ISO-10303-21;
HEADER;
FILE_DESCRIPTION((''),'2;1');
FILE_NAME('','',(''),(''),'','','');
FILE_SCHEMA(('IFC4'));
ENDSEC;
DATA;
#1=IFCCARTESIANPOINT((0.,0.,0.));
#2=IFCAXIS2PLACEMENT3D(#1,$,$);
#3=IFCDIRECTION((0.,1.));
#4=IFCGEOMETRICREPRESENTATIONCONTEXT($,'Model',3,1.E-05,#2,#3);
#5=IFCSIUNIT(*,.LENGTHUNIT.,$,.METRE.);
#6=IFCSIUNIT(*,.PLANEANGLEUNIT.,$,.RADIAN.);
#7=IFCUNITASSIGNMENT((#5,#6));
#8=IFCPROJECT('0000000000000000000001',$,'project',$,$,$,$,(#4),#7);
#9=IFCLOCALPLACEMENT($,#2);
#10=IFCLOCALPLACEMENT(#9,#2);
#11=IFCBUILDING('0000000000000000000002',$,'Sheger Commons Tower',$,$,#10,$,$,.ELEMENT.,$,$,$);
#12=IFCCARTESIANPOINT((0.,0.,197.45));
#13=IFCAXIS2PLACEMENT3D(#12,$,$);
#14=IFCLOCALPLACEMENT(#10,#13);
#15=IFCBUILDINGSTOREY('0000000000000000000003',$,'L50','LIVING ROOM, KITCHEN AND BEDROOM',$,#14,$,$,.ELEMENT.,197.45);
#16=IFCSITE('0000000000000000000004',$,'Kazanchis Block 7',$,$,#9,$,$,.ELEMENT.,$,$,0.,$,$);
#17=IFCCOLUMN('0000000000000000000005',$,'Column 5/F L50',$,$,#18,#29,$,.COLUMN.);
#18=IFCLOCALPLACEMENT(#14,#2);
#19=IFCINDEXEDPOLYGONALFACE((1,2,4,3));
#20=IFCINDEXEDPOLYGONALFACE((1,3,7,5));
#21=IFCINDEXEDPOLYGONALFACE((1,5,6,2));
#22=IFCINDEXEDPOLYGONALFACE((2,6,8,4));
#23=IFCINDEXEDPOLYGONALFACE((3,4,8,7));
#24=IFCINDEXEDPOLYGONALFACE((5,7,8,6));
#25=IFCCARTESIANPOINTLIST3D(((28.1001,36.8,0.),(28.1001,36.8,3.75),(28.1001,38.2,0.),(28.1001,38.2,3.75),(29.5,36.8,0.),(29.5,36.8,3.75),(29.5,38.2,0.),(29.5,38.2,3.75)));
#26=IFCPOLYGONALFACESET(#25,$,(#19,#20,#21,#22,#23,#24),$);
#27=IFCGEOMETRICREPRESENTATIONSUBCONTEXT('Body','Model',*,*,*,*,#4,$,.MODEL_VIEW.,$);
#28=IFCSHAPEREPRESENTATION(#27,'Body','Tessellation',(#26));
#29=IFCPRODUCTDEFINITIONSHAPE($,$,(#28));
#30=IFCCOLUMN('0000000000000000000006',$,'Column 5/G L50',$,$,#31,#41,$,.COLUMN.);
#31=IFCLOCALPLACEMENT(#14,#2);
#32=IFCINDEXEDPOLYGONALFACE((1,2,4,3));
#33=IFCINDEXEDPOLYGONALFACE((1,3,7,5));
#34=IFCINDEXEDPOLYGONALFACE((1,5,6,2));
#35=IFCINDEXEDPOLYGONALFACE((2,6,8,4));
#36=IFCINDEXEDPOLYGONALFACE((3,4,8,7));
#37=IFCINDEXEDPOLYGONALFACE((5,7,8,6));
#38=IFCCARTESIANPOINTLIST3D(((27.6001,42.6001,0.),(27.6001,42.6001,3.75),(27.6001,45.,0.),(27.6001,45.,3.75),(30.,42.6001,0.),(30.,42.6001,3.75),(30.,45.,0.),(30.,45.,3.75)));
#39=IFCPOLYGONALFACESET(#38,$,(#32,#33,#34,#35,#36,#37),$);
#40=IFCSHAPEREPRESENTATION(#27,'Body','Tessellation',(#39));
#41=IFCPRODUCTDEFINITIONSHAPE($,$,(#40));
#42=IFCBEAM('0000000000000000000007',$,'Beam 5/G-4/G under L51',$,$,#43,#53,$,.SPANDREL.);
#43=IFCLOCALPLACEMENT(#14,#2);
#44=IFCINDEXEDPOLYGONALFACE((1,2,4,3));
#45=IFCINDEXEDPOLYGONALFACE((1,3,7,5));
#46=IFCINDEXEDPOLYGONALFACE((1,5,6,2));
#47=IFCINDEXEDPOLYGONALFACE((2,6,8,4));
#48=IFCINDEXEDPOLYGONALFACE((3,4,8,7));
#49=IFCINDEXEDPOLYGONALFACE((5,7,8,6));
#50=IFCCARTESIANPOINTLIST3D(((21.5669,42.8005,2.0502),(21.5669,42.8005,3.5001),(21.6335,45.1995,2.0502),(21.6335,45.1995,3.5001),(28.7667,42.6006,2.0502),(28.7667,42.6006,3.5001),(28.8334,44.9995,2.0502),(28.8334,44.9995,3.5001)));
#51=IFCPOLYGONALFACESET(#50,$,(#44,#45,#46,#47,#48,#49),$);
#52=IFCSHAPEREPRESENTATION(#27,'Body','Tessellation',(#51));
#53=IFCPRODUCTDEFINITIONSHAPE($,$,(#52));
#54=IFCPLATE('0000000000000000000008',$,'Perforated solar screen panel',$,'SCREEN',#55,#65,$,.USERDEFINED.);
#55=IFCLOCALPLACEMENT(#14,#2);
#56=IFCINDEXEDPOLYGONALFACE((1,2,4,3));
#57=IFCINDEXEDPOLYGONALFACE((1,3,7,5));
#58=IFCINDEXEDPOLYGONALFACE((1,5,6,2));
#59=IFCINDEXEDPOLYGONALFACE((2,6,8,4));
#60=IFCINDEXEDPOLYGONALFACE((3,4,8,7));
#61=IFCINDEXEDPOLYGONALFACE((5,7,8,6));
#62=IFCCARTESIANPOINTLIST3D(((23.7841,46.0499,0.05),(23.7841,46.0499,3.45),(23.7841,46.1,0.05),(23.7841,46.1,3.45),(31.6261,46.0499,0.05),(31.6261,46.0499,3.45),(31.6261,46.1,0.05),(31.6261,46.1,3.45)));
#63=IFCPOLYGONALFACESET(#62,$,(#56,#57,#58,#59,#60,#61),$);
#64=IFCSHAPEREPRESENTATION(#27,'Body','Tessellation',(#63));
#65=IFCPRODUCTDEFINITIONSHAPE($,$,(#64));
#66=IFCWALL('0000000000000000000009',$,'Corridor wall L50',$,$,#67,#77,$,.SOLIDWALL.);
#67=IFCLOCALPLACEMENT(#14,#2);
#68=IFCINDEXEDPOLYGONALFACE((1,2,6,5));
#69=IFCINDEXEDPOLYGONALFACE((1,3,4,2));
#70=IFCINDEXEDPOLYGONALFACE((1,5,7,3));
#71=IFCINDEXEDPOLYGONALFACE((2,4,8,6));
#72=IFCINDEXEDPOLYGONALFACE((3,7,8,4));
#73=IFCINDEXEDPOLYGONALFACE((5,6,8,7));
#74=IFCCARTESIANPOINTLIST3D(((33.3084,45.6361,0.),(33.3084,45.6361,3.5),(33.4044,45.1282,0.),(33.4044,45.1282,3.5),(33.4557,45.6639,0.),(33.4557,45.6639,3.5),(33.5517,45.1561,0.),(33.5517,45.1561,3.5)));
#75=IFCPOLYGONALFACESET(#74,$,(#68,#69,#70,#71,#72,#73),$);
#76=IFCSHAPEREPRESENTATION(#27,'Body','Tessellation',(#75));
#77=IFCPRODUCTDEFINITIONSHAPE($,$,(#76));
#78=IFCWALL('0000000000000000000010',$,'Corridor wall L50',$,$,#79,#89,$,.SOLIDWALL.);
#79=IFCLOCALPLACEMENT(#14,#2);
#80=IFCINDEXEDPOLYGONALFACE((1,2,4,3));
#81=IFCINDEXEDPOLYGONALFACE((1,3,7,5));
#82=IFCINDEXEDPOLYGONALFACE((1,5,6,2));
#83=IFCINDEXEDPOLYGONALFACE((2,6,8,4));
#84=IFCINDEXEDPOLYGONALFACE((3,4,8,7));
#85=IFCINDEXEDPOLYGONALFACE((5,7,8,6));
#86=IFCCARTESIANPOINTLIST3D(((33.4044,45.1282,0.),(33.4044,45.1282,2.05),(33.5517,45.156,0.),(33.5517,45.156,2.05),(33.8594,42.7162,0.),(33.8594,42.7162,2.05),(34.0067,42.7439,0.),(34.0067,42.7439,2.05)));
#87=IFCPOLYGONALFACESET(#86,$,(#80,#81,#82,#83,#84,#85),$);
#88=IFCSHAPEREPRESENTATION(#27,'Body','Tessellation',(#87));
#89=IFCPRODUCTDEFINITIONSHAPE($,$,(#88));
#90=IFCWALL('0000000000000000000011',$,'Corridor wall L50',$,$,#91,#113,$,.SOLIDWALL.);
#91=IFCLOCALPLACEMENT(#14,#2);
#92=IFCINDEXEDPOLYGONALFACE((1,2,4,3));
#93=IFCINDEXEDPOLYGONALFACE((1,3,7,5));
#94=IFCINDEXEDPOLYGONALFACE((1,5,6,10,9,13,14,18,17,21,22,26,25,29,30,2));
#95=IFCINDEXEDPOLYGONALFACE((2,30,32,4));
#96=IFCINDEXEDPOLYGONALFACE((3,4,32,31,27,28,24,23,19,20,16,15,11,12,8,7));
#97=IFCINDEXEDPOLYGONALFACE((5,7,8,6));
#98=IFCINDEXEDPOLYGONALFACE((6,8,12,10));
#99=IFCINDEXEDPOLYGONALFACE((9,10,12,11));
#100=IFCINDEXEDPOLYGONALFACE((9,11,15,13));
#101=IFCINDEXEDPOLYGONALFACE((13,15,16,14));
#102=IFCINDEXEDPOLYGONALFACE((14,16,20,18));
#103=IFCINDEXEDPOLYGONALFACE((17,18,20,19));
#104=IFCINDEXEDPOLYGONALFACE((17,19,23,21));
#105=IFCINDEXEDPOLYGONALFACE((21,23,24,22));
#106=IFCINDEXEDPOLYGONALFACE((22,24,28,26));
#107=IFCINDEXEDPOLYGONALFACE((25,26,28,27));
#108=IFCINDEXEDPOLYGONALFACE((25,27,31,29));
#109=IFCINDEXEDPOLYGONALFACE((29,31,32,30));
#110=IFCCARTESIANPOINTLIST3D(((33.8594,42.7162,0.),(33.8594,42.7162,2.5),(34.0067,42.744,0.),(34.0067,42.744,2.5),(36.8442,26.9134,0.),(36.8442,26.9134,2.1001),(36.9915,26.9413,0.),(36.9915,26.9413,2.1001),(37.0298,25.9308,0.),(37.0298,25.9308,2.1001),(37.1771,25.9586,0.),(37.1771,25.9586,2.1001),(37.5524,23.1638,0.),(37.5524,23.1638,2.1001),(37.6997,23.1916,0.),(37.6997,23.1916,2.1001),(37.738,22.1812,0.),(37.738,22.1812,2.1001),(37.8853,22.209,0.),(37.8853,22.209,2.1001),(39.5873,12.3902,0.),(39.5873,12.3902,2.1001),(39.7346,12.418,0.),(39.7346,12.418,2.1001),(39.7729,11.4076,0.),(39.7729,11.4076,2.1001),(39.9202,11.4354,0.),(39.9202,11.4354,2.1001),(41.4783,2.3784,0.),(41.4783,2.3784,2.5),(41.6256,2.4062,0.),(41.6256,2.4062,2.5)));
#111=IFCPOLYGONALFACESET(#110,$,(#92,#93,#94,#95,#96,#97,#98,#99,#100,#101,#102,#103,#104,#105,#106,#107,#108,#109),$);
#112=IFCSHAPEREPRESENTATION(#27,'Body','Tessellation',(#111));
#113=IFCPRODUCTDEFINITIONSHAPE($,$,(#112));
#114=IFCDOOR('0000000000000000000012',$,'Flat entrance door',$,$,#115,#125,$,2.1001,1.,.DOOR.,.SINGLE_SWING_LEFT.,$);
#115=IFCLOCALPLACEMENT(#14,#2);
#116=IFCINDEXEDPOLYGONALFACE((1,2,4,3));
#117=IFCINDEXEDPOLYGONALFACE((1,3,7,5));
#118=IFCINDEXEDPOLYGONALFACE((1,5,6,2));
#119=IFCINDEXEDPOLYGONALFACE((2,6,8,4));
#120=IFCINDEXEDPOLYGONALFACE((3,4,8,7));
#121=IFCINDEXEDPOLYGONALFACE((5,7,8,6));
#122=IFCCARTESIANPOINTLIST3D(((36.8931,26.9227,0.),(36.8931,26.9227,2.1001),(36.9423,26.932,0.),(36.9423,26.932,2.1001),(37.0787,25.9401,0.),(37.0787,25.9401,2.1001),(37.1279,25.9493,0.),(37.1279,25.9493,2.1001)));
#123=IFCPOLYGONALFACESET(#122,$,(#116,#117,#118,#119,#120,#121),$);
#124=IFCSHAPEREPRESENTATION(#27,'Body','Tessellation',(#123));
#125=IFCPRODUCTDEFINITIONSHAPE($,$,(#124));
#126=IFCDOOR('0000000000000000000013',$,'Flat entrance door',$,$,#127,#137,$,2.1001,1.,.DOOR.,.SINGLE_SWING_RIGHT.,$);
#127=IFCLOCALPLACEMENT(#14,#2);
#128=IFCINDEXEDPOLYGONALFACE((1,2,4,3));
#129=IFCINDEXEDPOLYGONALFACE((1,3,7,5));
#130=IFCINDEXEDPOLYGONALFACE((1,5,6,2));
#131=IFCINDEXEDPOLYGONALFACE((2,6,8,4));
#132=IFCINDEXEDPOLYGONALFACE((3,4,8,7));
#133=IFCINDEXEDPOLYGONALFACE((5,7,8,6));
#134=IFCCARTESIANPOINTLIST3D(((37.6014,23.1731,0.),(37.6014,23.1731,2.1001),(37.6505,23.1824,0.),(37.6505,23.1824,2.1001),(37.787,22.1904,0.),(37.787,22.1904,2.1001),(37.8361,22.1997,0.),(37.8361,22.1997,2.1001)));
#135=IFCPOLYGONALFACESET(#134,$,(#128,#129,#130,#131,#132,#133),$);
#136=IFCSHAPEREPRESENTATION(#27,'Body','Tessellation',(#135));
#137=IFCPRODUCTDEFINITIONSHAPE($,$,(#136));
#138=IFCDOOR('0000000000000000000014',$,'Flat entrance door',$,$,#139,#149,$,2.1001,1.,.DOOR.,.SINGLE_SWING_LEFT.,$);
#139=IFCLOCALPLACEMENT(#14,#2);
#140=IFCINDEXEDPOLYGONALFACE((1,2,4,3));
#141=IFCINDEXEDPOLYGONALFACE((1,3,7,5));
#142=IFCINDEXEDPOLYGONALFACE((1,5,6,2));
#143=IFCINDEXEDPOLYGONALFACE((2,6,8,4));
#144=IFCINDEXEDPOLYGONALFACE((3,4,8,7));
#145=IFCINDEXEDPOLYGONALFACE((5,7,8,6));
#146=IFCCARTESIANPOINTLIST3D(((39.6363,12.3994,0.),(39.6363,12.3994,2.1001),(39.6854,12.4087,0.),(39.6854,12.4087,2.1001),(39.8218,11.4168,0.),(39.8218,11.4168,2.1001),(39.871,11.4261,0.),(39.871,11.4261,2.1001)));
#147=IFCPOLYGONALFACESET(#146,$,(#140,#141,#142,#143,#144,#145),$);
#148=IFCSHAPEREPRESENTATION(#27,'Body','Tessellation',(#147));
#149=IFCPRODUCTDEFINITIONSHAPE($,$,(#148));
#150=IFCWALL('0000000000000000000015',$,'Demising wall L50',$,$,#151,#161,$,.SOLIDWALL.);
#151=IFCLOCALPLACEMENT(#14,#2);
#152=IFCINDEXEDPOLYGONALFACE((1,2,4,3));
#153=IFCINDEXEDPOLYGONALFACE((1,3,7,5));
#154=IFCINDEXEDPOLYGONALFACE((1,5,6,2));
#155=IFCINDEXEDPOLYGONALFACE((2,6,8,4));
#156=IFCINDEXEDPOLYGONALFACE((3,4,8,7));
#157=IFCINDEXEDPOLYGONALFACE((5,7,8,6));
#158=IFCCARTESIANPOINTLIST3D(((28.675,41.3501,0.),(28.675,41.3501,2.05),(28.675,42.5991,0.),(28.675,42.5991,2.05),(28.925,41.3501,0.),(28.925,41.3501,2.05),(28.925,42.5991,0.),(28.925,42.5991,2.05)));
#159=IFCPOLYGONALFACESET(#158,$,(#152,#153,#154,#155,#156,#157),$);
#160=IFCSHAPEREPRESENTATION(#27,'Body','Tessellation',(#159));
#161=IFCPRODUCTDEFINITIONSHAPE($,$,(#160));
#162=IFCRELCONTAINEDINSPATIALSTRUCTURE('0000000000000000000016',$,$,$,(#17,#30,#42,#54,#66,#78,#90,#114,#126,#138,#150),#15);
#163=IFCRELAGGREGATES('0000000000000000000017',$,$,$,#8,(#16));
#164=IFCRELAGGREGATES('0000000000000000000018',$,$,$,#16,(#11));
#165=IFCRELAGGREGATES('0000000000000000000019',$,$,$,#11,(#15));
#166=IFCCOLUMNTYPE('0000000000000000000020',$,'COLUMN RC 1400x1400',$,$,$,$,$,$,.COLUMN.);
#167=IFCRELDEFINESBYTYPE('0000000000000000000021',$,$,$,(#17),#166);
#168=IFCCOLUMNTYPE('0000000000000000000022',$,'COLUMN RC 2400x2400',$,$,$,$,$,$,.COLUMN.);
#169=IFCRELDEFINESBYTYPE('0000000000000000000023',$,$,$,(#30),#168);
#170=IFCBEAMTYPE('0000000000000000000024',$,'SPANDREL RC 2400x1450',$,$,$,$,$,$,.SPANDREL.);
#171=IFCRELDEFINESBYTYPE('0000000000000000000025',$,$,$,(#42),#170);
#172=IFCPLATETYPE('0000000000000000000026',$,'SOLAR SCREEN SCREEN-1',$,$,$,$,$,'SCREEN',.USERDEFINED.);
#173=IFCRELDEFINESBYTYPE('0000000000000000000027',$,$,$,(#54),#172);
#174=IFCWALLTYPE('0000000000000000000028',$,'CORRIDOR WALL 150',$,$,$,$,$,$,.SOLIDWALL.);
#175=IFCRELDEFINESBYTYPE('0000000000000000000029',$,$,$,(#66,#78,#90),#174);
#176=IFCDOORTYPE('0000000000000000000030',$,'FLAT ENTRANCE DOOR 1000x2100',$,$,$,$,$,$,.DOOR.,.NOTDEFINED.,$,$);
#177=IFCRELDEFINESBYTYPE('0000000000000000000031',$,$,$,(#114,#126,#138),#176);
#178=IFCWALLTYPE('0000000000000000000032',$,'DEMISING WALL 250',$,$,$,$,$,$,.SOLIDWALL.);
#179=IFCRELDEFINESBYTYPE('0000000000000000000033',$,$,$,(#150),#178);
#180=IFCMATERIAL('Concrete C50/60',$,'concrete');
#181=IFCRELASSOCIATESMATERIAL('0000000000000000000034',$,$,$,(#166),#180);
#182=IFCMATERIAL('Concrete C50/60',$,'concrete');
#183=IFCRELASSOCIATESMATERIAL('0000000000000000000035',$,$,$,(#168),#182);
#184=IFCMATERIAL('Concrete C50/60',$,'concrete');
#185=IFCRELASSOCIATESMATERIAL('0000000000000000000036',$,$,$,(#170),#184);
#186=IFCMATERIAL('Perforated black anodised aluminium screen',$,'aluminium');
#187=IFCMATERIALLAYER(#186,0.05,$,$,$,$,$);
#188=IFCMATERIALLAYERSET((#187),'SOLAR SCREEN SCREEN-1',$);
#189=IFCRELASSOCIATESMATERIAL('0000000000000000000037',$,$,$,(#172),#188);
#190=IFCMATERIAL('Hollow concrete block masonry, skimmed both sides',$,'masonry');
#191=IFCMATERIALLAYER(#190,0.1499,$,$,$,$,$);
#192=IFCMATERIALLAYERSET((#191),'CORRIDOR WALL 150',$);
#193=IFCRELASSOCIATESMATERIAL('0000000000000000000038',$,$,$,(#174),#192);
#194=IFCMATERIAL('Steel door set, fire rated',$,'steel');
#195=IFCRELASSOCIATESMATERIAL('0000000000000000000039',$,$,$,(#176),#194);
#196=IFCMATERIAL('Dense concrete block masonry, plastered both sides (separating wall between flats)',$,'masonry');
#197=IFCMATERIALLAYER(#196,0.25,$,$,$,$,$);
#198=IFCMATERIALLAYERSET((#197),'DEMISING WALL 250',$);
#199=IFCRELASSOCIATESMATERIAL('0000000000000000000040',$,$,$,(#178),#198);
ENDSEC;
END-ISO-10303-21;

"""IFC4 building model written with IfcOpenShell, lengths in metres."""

from ifc_helpers import new_model, si_unit, direction, frame, frame_2d, origin, origin_2d, place, context, subcontext, project, spatial, rectangle, extrude, material, layer, layer_set, material_profile, profile_set, type_object, element, fill, save


model = new_model("IFC4")

# Units and contexts
model_context = context("Model", 3, precision=1e-05, world=origin(), true_north=direction((0.0, 1.0)))
body_context = subcontext(model_context, "Body", "Model", "MODEL_VIEW")
ifc_project = project(units=[si_unit("LENGTHUNIT", "METRE"), si_unit("PLANEANGLEUNIT", "RADIAN")], contexts=[model_context])

# Site, building, storey
site_placement = place(None, origin())
site = spatial("IfcSite", under=ifc_project, at=site_placement, Name="Kazanchis Block 7", CompositionType="ELEMENT", RefElevation=0.0)
building_placement = place(site_placement, origin())
building = spatial("IfcBuilding", under=site, at=building_placement, Name="Sheger Commons Tower", CompositionType="ELEMENT")
storey_placement = place(building_placement, frame((0.0, 0.0, 197.45)))
storey = spatial("IfcBuildingStorey", under=building, at=storey_placement, Name="L50", Description="LIVING ROOM, KITCHEN AND BEDROOM", CompositionType="ELEMENT", Elevation=197.45)

# Columns
ifc_material_1 = material(Name="Concrete C50/60", Category="concrete")
ifc_material_profile_1 = material_profile(ifc_material_1, rectangle(XDim=1.3999, YDim=1.3999, at=origin_2d()), Name="RC 1400x1400")
ifc_profile_set_1 = profile_set([ifc_material_profile_1], Name="Concrete C50/60")
column_type_1 = type_object("IfcColumnType", Name="COLUMN RC 1400x1400", PredefinedType="COLUMN", material=ifc_profile_set_1)
column_1_placement = place(storey_placement, frame((28.8, 37.5, 0.0), z_axis=(0.0, 0.0, 1.0), x_axis=(1.0, 0.0, 0.0)))
element("IfcColumn", 1, at=column_1_placement, inside=storey, type_object=column_type_1, Name="Column 5/F L50", PredefinedType="COLUMN", context=body_context, shape_type="SweptSolid", body=[
    extrude(rectangle(XDim=1.3999, YDim=1.3999, at=origin_2d()), origin(), (0.0, 0.0, 1.0), 3.75),
])
ifc_material_2 = material(Name="Concrete C50/60", Category="concrete")
ifc_material_profile_2 = material_profile(ifc_material_2, rectangle(XDim=2.3999, YDim=2.3999, at=origin_2d()), Name="RC 2400x2400")
ifc_profile_set_2 = profile_set([ifc_material_profile_2], Name="Concrete C50/60")
column_type_2 = type_object("IfcColumnType", Name="COLUMN RC 2400x2400", PredefinedType="COLUMN", material=ifc_profile_set_2)
column_2_placement = place(storey_placement, frame((28.8, 43.8, 0.0), z_axis=(0.0, 0.0, 1.0), x_axis=(1.0, 0.0, 0.0)))
element("IfcColumn", 2, at=column_2_placement, inside=storey, type_object=column_type_2, Name="Column 5/G L50", PredefinedType="COLUMN", context=body_context, shape_type="SweptSolid", body=[
    extrude(rectangle(XDim=2.3999, YDim=2.3999, at=origin_2d()), origin(), (0.0, 0.0, 1.0), 3.75),
])

# Beam
ifc_material_3 = material(Name="Concrete C50/60", Category="concrete")
ifc_material_profile_3 = material_profile(ifc_material_3, rectangle(XDim=2.3999, YDim=1.45, at=origin_2d()), Name="RC 2400x1450")
ifc_profile_set_3 = profile_set([ifc_material_profile_3], Name="Concrete C50/60")
beam_type = type_object("IfcBeamType", Name="SPANDREL RC 2400x1450", PredefinedType="SPANDREL", material=ifc_profile_set_3)
beam_placement = place(storey_placement, frame((28.8, 43.8, 2.7751), z_axis=(-0.999615, 0.02776, 0.0), x_axis=(-0.02776, -0.999615, 0.0)))
element("IfcBeam", 3, at=beam_placement, inside=storey, type_object=beam_type, Name="Beam 5/G-4/G under L51", PredefinedType="SPANDREL", context=body_context, shape_type="SweptSolid", body=[
    extrude(rectangle(XDim=2.3999, YDim=1.45, at=origin_2d()), origin(), (0.0, 0.0, 1.0), 7.2026),
])

# Plate
ifc_material_4 = material(Name="Perforated black anodised aluminium screen", Category="aluminium")
ifc_layer_1 = layer(ifc_material_4, 0.05)
ifc_layer_set_1 = layer_set([ifc_layer_1], Name="SOLAR SCREEN SCREEN-1")
plate_type = type_object("IfcPlateType", Name="SOLAR SCREEN SCREEN-1", ElementType="SCREEN", PredefinedType="USERDEFINED", material=ifc_layer_set_1)
plate_placement = place(storey_placement, frame((27.7051, 46.075, 0.05), z_axis=(0.0, 0.0, 1.0), x_axis=(-1.0, 0.0, 0.0)))
element("IfcPlate", 4, at=plate_placement, inside=storey, type_object=plate_type, Name="Perforated solar screen panel", ObjectType="SCREEN", PredefinedType="USERDEFINED", context=body_context, shape_type="SweptSolid", body=[
    extrude(rectangle(XDim=7.842, YDim=0.05, at=origin_2d()), origin(), (0.0, 0.0, 1.0), 3.3999),
])

# Walls
ifc_material_5 = material(Name="Hollow concrete block masonry, skimmed both sides", Category="masonry")
ifc_layer_2 = layer(ifc_material_5, 0.1499)
ifc_layer_set_2 = layer_set([ifc_layer_2], Name="CORRIDOR WALL 150")
wall_type_1 = type_object("IfcWallType", Name="CORRIDOR WALL 150", PredefinedType="SOLIDWALL", material=ifc_layer_set_2)
wall_1_placement = place(storey_placement, frame((33.3821, 45.6499, 0.0), z_axis=(0.0, 0.0, 1.0), x_axis=(0.185657, -0.982615, 0.0)))
element("IfcWall", 5, at=wall_1_placement, inside=storey, type_object=wall_type_1, Name="Corridor wall L50", PredefinedType="SOLIDWALL", context=body_context, shape_type="SweptSolid", body=[
    extrude(rectangle(XDim=0.5168, YDim=0.1499, at=frame_2d((0.2583, 0.0))), origin(), (0.0, 0.0, 1.0), 3.5),
])
wall_2_placement = place(storey_placement, frame((33.478, 45.1421, 0.0), z_axis=(0.0, 0.0, 1.0), x_axis=(0.185393, -0.982664, 0.0)))
element("IfcWall", 6, at=wall_2_placement, inside=storey, type_object=wall_type_1, Name="Corridor wall L50", PredefinedType="SOLIDWALL", context=body_context, shape_type="SweptSolid", body=[
    extrude(rectangle(XDim=2.4546, YDim=0.1499, at=frame_2d((1.2273, 0.0))), origin(), (0.0, 0.0, 1.0), 2.05),
])

# Wall, openings, doors
wall_3_placement = place(storey_placement, frame((33.9331, 42.73, 0.0), z_axis=(0.0, 0.0, 1.0), x_axis=(0.185595, -0.982626, 0.0)))
wall_3 = element("IfcWall", 7, at=wall_3_placement, inside=storey, type_object=wall_type_1, Name="Corridor wall L50", PredefinedType="SOLIDWALL", context=body_context, shape_type="SweptSolid", body=[
    extrude(rectangle(XDim=41.051, YDim=0.1499, at=frame_2d((20.5254, 0.0))), origin(), (0.0, 0.0, 1.0), 2.5),
])
opening_1_placement = place(wall_3_placement, frame((16.082, 0.0, 0.0)))
opening_1 = element("IfcOpeningElement", 8, at=opening_1_placement, cuts=wall_3, PredefinedType="OPENING", context=body_context, shape_type="SweptSolid", body=[
    extrude(rectangle(XDim=1.0, YDim=2.1001, at=frame_2d((0.5, 1.05))), frame((0.0, 0.085, 0.0), z_axis=(0.0, -1.0, 0.0), x_axis=(1.0, 0.0, 0.0)), (0.0, 0.0, 1.0), 0.1699),
])
opening_2_placement = place(wall_3_placement, frame((19.8979, 0.0, 0.0)))
opening_2 = element("IfcOpeningElement", 9, at=opening_2_placement, cuts=wall_3, PredefinedType="OPENING", context=body_context, shape_type="SweptSolid", body=[
    extrude(rectangle(XDim=1.0, YDim=2.1001, at=frame_2d((0.5, 1.05))), frame((0.0, 0.085, 0.0), z_axis=(0.0, -1.0, 0.0), x_axis=(1.0, 0.0, 0.0)), (0.0, 0.0, 1.0), 0.1699),
])
opening_3_placement = place(wall_3_placement, frame((30.8621, 0.0, 0.0)))
opening_3 = element("IfcOpeningElement", 10, at=opening_3_placement, cuts=wall_3, PredefinedType="OPENING", context=body_context, shape_type="SweptSolid", body=[
    extrude(rectangle(XDim=1.0, YDim=2.1001, at=frame_2d((0.5, 1.05))), frame((0.0, 0.085, 0.0), z_axis=(0.0, -1.0, 0.0), x_axis=(1.0, 0.0, 0.0)), (0.0, 0.0, 1.0), 0.1699),
])
ifc_material_6 = material(Name="Steel door set, fire rated", Category="steel")
door_type_1 = type_object("IfcDoorType", Name="FLAT ENTRANCE DOOR 1000x2100", OperationType="NOTDEFINED", PredefinedType="DOOR", material=ifc_material_6)
door_1_placement = place(opening_1_placement, origin())
door_1 = element("IfcDoor", 11, at=door_1_placement, inside=storey, type_object=door_type_1, Name="Flat entrance door", OperationType="SINGLE_SWING_LEFT", OverallHeight=2.1001, OverallWidth=1.0, PredefinedType="DOOR", context=body_context, shape_type="SweptSolid", body=[
    extrude(rectangle(XDim=1.0, YDim=2.1001, at=frame_2d((0.5, 1.05))), frame((0.0, 0.0249, 0.0), z_axis=(0.0, -1.0, 0.0), x_axis=(1.0, 0.0, 0.0)), (0.0, 0.0, 1.0), 0.05),
])
fill(opening_1, door_1)
door_2_placement = place(opening_2_placement, origin())
door_2 = element("IfcDoor", 12, at=door_2_placement, inside=storey, type_object=door_type_1, Name="Flat entrance door", OperationType="SINGLE_SWING_RIGHT", OverallHeight=2.1001, OverallWidth=1.0, PredefinedType="DOOR", context=body_context, shape_type="SweptSolid", body=[
    extrude(rectangle(XDim=1.0, YDim=2.1001, at=frame_2d((0.5, 1.05))), frame((0.0, 0.0249, 0.0), z_axis=(0.0, -1.0, 0.0), x_axis=(1.0, 0.0, 0.0)), (0.0, 0.0, 1.0), 0.05),
])
fill(opening_2, door_2)
door_3_placement = place(opening_3_placement, origin())
door_3 = element("IfcDoor", 13, at=door_3_placement, inside=storey, type_object=door_type_1, Name="Flat entrance door", OperationType="SINGLE_SWING_LEFT", OverallHeight=2.1001, OverallWidth=1.0, PredefinedType="DOOR", context=body_context, shape_type="SweptSolid", body=[
    extrude(rectangle(XDim=1.0, YDim=2.1001, at=frame_2d((0.5, 1.05))), frame((0.0, 0.0249, 0.0), z_axis=(0.0, -1.0, 0.0), x_axis=(1.0, 0.0, 0.0)), (0.0, 0.0, 1.0), 0.05),
])
fill(opening_3, door_3)

# Wall
ifc_material_7 = material(Name="Dense concrete block masonry, plastered both sides (separating wall between flats)", Category="masonry")
ifc_layer_3 = layer(ifc_material_7, 0.25)
ifc_layer_set_3 = layer_set([ifc_layer_3], Name="DEMISING WALL 250")
wall_type_2 = type_object("IfcWallType", Name="DEMISING WALL 250", PredefinedType="SOLIDWALL", material=ifc_layer_set_3)
wall_4_placement = place(storey_placement, frame((28.8, 41.3501, 0.0), z_axis=(0.0, 0.0, 1.0), x_axis=(0.0, 1.0, 0.0)))
element("IfcWall", 14, at=wall_4_placement, inside=storey, type_object=wall_type_2, Name="Demising wall L50", PredefinedType="SOLIDWALL", context=body_context, shape_type="SweptSolid", body=[
    extrude(rectangle(XDim=1.249, YDim=0.25, at=frame_2d((0.6245, 0.0))), origin(), (0.0, 0.0, 1.0), 2.05),
])

save(model, "model.ifc")
